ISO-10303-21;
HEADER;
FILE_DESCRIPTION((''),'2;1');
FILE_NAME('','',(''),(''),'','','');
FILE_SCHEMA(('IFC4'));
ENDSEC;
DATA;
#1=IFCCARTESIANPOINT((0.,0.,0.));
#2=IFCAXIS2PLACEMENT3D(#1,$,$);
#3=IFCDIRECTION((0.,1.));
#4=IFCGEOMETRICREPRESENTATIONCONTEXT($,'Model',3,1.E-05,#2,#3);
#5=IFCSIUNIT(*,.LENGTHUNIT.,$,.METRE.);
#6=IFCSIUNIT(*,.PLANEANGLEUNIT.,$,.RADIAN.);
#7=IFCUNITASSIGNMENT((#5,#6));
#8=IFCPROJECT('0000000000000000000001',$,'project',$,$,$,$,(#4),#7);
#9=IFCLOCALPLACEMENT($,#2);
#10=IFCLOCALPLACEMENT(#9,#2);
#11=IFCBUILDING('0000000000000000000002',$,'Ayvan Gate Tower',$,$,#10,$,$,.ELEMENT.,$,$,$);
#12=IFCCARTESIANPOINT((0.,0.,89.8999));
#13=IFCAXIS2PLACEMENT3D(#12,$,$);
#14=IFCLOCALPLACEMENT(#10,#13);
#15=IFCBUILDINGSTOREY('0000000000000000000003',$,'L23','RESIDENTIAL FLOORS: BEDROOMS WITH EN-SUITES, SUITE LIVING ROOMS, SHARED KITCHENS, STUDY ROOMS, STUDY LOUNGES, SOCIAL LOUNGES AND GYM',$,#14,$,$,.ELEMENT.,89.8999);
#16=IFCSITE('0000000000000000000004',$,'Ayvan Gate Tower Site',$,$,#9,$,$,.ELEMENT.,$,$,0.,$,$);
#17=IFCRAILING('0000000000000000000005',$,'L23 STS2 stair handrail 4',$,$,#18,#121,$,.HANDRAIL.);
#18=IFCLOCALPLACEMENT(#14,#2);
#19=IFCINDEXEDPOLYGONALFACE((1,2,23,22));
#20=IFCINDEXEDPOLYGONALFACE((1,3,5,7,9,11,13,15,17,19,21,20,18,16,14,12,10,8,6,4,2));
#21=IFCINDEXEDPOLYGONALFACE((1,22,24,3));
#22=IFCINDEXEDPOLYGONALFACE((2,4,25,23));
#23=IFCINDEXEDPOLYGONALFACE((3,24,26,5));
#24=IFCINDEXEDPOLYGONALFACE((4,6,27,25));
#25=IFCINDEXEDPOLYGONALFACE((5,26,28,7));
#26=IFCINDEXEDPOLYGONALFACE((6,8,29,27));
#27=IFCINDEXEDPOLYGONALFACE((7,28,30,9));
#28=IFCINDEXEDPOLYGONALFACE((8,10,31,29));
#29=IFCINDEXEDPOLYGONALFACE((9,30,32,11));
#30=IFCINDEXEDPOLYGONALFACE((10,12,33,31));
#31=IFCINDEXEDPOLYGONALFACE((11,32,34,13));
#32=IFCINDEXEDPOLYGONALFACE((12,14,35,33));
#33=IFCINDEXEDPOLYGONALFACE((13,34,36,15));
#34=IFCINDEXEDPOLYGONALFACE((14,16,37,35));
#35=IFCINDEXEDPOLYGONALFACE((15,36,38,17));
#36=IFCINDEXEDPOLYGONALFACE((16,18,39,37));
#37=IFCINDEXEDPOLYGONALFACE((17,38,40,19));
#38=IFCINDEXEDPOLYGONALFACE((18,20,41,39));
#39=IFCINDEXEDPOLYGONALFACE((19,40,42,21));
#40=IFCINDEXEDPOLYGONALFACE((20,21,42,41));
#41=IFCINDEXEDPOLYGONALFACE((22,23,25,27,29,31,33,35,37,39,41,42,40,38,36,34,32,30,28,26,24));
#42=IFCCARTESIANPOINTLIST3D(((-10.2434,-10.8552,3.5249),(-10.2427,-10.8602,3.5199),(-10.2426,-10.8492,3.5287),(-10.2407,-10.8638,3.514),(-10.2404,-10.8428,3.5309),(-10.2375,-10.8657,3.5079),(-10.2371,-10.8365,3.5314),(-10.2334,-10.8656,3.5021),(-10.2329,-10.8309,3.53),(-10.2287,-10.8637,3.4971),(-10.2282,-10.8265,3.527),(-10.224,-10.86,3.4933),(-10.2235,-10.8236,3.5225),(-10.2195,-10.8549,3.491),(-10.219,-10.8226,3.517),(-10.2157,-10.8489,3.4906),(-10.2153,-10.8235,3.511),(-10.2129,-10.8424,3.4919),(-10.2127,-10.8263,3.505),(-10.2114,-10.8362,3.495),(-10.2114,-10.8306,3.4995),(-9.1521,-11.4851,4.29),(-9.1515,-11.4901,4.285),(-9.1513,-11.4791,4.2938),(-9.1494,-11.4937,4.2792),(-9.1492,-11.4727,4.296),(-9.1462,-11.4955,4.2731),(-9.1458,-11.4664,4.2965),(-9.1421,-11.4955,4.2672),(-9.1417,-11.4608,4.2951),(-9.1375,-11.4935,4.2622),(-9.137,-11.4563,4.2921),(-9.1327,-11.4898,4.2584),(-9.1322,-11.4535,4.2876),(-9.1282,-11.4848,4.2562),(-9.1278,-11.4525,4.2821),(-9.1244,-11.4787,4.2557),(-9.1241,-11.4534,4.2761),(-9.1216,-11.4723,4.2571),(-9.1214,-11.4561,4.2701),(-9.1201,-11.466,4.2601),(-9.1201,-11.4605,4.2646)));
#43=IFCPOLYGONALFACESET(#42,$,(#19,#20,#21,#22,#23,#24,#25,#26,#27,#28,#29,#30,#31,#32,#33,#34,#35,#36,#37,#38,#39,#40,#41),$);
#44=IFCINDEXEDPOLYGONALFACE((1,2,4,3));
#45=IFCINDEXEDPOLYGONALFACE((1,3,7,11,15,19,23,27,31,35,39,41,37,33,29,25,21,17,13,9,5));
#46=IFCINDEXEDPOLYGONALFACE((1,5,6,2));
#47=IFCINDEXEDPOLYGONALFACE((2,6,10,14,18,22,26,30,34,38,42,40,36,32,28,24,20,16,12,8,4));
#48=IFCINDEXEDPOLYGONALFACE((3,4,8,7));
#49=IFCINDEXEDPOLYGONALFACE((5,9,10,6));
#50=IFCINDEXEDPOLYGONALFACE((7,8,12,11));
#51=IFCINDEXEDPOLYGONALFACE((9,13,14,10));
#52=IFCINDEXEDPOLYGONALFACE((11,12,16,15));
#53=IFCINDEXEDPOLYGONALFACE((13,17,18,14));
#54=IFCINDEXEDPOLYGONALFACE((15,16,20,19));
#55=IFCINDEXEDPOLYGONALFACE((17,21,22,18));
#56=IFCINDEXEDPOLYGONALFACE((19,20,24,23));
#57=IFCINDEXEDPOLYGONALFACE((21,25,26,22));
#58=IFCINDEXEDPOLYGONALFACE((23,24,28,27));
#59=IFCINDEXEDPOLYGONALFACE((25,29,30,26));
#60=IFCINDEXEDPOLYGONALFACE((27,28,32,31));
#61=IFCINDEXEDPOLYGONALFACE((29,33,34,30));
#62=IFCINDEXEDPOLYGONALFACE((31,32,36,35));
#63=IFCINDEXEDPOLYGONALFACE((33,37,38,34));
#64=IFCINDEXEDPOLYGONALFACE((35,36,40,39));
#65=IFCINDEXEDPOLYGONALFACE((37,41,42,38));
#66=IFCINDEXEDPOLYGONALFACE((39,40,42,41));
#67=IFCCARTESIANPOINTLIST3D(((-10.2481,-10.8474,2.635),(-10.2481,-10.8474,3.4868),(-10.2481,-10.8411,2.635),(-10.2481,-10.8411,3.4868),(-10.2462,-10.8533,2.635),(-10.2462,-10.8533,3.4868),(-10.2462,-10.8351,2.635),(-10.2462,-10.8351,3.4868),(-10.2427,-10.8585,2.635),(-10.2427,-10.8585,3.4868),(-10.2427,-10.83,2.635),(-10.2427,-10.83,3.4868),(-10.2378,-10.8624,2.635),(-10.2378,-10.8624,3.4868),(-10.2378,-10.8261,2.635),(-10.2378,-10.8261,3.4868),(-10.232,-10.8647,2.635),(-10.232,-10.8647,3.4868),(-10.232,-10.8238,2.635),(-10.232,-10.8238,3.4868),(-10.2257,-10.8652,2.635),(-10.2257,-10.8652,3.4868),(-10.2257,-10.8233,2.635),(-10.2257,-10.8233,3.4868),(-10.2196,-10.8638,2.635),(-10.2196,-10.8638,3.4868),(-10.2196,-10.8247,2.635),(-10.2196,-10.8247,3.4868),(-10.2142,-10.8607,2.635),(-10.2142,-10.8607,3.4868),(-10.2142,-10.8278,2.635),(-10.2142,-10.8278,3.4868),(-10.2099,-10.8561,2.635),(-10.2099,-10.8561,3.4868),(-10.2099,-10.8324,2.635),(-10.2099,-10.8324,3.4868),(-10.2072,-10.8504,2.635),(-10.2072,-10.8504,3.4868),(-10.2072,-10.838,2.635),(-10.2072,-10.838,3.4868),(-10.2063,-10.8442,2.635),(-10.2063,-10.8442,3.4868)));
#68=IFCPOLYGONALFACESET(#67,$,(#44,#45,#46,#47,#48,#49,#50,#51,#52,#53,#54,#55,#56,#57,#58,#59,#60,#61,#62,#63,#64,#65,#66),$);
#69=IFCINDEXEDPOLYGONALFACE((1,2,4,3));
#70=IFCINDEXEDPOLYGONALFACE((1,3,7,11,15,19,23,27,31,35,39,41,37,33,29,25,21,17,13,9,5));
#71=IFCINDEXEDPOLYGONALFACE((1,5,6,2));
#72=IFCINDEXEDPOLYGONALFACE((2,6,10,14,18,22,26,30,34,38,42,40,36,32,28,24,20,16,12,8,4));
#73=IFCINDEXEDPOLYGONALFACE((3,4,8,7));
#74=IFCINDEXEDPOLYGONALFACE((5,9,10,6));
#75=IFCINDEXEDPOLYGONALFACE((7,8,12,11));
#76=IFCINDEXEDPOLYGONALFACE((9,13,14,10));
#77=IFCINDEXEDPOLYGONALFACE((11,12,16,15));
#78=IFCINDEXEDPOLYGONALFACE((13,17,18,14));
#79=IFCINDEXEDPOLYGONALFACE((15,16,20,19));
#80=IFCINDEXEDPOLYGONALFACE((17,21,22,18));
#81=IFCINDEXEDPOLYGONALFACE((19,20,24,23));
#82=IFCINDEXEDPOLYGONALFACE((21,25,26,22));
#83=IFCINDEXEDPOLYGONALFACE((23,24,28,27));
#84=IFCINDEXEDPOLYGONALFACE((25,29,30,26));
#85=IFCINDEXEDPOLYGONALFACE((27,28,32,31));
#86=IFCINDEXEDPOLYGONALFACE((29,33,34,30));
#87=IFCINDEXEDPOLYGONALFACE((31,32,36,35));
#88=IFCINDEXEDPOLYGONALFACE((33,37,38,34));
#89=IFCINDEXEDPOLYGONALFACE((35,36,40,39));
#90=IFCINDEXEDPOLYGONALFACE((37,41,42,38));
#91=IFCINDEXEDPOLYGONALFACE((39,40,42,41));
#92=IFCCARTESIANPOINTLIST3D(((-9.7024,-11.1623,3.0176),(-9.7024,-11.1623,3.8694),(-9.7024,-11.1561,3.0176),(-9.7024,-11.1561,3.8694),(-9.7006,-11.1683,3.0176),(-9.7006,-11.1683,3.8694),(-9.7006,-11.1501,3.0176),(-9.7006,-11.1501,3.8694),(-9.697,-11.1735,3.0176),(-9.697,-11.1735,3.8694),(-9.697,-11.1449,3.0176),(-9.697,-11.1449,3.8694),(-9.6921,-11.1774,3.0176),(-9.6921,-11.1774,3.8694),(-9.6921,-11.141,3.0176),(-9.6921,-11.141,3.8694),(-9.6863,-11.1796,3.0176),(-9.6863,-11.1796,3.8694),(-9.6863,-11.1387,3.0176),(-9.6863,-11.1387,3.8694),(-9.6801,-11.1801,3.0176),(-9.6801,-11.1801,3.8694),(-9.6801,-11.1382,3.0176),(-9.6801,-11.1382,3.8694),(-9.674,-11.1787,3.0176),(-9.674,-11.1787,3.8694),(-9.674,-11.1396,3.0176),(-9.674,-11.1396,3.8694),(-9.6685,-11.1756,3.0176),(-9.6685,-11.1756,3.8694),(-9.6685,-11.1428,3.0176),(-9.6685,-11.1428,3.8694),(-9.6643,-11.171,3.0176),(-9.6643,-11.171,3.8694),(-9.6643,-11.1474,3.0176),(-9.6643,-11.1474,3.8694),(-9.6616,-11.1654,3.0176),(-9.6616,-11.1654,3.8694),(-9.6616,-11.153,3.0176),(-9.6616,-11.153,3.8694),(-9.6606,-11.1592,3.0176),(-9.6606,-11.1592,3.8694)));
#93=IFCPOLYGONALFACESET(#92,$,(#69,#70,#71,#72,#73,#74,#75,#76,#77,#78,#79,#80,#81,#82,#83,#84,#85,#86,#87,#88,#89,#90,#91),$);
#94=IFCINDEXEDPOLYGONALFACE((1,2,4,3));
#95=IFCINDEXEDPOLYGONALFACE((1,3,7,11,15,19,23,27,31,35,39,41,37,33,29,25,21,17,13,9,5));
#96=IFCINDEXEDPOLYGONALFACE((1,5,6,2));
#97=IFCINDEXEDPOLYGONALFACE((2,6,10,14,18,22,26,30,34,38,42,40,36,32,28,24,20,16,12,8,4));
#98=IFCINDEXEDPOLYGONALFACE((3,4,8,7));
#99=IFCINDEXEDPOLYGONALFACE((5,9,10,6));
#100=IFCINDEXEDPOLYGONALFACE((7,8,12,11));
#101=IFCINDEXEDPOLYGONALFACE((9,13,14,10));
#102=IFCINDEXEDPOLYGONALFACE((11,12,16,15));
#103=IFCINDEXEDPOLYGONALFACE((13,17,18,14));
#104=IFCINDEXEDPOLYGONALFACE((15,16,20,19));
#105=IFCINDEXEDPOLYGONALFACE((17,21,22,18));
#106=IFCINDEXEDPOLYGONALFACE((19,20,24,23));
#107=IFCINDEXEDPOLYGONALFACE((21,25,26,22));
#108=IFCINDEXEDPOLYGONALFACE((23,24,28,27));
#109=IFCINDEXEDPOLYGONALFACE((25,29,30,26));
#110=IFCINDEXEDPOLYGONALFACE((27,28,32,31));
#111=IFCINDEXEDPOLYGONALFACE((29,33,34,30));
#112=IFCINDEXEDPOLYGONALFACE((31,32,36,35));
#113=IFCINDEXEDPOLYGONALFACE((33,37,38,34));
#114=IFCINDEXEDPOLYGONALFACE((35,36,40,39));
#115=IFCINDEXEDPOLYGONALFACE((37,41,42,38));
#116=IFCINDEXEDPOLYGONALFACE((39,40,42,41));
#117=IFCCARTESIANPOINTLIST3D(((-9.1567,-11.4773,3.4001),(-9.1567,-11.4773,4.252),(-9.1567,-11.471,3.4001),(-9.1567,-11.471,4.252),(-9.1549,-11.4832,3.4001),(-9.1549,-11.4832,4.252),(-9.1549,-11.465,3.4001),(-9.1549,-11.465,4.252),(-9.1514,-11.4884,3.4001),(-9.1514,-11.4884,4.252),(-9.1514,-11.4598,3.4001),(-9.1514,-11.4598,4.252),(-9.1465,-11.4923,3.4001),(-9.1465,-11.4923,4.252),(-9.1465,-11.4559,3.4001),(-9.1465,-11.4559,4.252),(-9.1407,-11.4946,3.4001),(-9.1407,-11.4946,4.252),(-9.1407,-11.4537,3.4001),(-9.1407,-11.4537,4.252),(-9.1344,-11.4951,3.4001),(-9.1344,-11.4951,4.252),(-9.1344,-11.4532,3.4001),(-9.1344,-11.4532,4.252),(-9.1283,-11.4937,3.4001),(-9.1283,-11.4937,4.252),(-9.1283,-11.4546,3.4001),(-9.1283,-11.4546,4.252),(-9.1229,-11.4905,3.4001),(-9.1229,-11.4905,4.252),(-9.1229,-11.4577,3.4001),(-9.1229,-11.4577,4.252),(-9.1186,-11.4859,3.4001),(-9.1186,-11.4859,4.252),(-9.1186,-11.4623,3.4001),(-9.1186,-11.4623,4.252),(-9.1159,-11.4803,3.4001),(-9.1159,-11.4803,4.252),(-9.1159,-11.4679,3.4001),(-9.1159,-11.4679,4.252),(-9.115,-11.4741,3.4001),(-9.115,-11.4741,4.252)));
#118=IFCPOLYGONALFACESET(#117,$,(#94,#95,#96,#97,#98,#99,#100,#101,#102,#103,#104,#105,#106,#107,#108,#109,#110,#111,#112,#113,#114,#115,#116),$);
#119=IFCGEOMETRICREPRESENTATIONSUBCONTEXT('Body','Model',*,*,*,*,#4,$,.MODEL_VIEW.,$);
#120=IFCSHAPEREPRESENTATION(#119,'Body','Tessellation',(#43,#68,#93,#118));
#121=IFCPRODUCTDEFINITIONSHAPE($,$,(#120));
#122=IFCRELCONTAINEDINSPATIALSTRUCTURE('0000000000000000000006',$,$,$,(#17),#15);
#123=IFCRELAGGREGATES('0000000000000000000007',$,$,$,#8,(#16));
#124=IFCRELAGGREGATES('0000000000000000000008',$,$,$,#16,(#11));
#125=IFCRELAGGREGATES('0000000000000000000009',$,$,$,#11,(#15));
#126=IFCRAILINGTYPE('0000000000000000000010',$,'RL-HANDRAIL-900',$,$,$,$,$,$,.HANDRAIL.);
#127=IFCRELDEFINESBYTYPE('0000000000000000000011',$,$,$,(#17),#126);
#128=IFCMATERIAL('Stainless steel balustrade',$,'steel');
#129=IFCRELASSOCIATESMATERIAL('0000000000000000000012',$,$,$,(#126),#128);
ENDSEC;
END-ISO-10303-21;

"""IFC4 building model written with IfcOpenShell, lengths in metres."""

from ifc_helpers import new_model, si_unit, direction, frame, origin, origin_2d, place, context, subcontext, project, spatial, circle, extrude, material, type_object, element, save


model = new_model("IFC4")

# Units and contexts
model_context = context("Model", 3, precision=1e-05, world=origin(), true_north=direction((0.0, 1.0)))
body_context = subcontext(model_context, "Body", "Model", "MODEL_VIEW")
ifc_project = project(units=[si_unit("LENGTHUNIT", "METRE"), si_unit("PLANEANGLEUNIT", "RADIAN")], contexts=[model_context])

# Site, building, storey
site_placement = place(None, origin())
site = spatial("IfcSite", under=ifc_project, at=site_placement, Name="Ayvan Gate Tower Site", CompositionType="ELEMENT", RefElevation=0.0)
building_placement = place(site_placement, origin())
building = spatial("IfcBuilding", under=site, at=building_placement, Name="Ayvan Gate Tower", CompositionType="ELEMENT")
storey_placement = place(building_placement, frame((0.0, 0.0, 89.8999)))
storey = spatial("IfcBuildingStorey", under=building, at=storey_placement, Name="L23", Description="RESIDENTIAL FLOORS: BEDROOMS WITH EN-SUITES, SUITE LIVING ROOMS, SHARED KITCHENS, STUDY ROOMS, STUDY LOUNGES, SOCIAL LOUNGES AND GYM", CompositionType="ELEMENT", Elevation=89.8999)

# Railing
ifc_material_1 = material(Name="Stainless steel balustrade", Category="steel")
railing_type_1 = type_object("IfcRailingType", Name="RL-HANDRAIL-900", PredefinedType="HANDRAIL", material=ifc_material_1)
railing_1_placement = place(storey_placement, frame((-10.2273, -10.8442, 2.635)))
element("IfcRailing", 1, at=railing_1_placement, inside=storey, type_object=railing_type_1, Name="L23 STS2 stair handrail 4", PredefinedType="HANDRAIL", context=body_context, shape_type="SweptSolid", body=[
    extrude(circle(Radius=0.0239, at=origin_2d()), frame((0.0, 0.0, 0.876), z_axis=(0.740293, -0.427283, 0.519033), x_axis=(0.49989, 0.866089, 0.0)), (0.0, 0.0, 1.0), 1.4741),
    extrude(circle(Radius=0.021, at=origin_2d()), origin(), (0.0, 0.0, 1.0), 0.8518),
    extrude(circle(Radius=0.021, at=origin_2d()), frame((0.5457, -0.3149, 0.3826)), (0.0, 0.0, 1.0), 0.8518),
    extrude(circle(Radius=0.021, at=origin_2d()), frame((1.0913, -0.6299, 0.7651)), (0.0, 0.0, 1.0), 0.8518),
])

save(model, "model.ifc")
